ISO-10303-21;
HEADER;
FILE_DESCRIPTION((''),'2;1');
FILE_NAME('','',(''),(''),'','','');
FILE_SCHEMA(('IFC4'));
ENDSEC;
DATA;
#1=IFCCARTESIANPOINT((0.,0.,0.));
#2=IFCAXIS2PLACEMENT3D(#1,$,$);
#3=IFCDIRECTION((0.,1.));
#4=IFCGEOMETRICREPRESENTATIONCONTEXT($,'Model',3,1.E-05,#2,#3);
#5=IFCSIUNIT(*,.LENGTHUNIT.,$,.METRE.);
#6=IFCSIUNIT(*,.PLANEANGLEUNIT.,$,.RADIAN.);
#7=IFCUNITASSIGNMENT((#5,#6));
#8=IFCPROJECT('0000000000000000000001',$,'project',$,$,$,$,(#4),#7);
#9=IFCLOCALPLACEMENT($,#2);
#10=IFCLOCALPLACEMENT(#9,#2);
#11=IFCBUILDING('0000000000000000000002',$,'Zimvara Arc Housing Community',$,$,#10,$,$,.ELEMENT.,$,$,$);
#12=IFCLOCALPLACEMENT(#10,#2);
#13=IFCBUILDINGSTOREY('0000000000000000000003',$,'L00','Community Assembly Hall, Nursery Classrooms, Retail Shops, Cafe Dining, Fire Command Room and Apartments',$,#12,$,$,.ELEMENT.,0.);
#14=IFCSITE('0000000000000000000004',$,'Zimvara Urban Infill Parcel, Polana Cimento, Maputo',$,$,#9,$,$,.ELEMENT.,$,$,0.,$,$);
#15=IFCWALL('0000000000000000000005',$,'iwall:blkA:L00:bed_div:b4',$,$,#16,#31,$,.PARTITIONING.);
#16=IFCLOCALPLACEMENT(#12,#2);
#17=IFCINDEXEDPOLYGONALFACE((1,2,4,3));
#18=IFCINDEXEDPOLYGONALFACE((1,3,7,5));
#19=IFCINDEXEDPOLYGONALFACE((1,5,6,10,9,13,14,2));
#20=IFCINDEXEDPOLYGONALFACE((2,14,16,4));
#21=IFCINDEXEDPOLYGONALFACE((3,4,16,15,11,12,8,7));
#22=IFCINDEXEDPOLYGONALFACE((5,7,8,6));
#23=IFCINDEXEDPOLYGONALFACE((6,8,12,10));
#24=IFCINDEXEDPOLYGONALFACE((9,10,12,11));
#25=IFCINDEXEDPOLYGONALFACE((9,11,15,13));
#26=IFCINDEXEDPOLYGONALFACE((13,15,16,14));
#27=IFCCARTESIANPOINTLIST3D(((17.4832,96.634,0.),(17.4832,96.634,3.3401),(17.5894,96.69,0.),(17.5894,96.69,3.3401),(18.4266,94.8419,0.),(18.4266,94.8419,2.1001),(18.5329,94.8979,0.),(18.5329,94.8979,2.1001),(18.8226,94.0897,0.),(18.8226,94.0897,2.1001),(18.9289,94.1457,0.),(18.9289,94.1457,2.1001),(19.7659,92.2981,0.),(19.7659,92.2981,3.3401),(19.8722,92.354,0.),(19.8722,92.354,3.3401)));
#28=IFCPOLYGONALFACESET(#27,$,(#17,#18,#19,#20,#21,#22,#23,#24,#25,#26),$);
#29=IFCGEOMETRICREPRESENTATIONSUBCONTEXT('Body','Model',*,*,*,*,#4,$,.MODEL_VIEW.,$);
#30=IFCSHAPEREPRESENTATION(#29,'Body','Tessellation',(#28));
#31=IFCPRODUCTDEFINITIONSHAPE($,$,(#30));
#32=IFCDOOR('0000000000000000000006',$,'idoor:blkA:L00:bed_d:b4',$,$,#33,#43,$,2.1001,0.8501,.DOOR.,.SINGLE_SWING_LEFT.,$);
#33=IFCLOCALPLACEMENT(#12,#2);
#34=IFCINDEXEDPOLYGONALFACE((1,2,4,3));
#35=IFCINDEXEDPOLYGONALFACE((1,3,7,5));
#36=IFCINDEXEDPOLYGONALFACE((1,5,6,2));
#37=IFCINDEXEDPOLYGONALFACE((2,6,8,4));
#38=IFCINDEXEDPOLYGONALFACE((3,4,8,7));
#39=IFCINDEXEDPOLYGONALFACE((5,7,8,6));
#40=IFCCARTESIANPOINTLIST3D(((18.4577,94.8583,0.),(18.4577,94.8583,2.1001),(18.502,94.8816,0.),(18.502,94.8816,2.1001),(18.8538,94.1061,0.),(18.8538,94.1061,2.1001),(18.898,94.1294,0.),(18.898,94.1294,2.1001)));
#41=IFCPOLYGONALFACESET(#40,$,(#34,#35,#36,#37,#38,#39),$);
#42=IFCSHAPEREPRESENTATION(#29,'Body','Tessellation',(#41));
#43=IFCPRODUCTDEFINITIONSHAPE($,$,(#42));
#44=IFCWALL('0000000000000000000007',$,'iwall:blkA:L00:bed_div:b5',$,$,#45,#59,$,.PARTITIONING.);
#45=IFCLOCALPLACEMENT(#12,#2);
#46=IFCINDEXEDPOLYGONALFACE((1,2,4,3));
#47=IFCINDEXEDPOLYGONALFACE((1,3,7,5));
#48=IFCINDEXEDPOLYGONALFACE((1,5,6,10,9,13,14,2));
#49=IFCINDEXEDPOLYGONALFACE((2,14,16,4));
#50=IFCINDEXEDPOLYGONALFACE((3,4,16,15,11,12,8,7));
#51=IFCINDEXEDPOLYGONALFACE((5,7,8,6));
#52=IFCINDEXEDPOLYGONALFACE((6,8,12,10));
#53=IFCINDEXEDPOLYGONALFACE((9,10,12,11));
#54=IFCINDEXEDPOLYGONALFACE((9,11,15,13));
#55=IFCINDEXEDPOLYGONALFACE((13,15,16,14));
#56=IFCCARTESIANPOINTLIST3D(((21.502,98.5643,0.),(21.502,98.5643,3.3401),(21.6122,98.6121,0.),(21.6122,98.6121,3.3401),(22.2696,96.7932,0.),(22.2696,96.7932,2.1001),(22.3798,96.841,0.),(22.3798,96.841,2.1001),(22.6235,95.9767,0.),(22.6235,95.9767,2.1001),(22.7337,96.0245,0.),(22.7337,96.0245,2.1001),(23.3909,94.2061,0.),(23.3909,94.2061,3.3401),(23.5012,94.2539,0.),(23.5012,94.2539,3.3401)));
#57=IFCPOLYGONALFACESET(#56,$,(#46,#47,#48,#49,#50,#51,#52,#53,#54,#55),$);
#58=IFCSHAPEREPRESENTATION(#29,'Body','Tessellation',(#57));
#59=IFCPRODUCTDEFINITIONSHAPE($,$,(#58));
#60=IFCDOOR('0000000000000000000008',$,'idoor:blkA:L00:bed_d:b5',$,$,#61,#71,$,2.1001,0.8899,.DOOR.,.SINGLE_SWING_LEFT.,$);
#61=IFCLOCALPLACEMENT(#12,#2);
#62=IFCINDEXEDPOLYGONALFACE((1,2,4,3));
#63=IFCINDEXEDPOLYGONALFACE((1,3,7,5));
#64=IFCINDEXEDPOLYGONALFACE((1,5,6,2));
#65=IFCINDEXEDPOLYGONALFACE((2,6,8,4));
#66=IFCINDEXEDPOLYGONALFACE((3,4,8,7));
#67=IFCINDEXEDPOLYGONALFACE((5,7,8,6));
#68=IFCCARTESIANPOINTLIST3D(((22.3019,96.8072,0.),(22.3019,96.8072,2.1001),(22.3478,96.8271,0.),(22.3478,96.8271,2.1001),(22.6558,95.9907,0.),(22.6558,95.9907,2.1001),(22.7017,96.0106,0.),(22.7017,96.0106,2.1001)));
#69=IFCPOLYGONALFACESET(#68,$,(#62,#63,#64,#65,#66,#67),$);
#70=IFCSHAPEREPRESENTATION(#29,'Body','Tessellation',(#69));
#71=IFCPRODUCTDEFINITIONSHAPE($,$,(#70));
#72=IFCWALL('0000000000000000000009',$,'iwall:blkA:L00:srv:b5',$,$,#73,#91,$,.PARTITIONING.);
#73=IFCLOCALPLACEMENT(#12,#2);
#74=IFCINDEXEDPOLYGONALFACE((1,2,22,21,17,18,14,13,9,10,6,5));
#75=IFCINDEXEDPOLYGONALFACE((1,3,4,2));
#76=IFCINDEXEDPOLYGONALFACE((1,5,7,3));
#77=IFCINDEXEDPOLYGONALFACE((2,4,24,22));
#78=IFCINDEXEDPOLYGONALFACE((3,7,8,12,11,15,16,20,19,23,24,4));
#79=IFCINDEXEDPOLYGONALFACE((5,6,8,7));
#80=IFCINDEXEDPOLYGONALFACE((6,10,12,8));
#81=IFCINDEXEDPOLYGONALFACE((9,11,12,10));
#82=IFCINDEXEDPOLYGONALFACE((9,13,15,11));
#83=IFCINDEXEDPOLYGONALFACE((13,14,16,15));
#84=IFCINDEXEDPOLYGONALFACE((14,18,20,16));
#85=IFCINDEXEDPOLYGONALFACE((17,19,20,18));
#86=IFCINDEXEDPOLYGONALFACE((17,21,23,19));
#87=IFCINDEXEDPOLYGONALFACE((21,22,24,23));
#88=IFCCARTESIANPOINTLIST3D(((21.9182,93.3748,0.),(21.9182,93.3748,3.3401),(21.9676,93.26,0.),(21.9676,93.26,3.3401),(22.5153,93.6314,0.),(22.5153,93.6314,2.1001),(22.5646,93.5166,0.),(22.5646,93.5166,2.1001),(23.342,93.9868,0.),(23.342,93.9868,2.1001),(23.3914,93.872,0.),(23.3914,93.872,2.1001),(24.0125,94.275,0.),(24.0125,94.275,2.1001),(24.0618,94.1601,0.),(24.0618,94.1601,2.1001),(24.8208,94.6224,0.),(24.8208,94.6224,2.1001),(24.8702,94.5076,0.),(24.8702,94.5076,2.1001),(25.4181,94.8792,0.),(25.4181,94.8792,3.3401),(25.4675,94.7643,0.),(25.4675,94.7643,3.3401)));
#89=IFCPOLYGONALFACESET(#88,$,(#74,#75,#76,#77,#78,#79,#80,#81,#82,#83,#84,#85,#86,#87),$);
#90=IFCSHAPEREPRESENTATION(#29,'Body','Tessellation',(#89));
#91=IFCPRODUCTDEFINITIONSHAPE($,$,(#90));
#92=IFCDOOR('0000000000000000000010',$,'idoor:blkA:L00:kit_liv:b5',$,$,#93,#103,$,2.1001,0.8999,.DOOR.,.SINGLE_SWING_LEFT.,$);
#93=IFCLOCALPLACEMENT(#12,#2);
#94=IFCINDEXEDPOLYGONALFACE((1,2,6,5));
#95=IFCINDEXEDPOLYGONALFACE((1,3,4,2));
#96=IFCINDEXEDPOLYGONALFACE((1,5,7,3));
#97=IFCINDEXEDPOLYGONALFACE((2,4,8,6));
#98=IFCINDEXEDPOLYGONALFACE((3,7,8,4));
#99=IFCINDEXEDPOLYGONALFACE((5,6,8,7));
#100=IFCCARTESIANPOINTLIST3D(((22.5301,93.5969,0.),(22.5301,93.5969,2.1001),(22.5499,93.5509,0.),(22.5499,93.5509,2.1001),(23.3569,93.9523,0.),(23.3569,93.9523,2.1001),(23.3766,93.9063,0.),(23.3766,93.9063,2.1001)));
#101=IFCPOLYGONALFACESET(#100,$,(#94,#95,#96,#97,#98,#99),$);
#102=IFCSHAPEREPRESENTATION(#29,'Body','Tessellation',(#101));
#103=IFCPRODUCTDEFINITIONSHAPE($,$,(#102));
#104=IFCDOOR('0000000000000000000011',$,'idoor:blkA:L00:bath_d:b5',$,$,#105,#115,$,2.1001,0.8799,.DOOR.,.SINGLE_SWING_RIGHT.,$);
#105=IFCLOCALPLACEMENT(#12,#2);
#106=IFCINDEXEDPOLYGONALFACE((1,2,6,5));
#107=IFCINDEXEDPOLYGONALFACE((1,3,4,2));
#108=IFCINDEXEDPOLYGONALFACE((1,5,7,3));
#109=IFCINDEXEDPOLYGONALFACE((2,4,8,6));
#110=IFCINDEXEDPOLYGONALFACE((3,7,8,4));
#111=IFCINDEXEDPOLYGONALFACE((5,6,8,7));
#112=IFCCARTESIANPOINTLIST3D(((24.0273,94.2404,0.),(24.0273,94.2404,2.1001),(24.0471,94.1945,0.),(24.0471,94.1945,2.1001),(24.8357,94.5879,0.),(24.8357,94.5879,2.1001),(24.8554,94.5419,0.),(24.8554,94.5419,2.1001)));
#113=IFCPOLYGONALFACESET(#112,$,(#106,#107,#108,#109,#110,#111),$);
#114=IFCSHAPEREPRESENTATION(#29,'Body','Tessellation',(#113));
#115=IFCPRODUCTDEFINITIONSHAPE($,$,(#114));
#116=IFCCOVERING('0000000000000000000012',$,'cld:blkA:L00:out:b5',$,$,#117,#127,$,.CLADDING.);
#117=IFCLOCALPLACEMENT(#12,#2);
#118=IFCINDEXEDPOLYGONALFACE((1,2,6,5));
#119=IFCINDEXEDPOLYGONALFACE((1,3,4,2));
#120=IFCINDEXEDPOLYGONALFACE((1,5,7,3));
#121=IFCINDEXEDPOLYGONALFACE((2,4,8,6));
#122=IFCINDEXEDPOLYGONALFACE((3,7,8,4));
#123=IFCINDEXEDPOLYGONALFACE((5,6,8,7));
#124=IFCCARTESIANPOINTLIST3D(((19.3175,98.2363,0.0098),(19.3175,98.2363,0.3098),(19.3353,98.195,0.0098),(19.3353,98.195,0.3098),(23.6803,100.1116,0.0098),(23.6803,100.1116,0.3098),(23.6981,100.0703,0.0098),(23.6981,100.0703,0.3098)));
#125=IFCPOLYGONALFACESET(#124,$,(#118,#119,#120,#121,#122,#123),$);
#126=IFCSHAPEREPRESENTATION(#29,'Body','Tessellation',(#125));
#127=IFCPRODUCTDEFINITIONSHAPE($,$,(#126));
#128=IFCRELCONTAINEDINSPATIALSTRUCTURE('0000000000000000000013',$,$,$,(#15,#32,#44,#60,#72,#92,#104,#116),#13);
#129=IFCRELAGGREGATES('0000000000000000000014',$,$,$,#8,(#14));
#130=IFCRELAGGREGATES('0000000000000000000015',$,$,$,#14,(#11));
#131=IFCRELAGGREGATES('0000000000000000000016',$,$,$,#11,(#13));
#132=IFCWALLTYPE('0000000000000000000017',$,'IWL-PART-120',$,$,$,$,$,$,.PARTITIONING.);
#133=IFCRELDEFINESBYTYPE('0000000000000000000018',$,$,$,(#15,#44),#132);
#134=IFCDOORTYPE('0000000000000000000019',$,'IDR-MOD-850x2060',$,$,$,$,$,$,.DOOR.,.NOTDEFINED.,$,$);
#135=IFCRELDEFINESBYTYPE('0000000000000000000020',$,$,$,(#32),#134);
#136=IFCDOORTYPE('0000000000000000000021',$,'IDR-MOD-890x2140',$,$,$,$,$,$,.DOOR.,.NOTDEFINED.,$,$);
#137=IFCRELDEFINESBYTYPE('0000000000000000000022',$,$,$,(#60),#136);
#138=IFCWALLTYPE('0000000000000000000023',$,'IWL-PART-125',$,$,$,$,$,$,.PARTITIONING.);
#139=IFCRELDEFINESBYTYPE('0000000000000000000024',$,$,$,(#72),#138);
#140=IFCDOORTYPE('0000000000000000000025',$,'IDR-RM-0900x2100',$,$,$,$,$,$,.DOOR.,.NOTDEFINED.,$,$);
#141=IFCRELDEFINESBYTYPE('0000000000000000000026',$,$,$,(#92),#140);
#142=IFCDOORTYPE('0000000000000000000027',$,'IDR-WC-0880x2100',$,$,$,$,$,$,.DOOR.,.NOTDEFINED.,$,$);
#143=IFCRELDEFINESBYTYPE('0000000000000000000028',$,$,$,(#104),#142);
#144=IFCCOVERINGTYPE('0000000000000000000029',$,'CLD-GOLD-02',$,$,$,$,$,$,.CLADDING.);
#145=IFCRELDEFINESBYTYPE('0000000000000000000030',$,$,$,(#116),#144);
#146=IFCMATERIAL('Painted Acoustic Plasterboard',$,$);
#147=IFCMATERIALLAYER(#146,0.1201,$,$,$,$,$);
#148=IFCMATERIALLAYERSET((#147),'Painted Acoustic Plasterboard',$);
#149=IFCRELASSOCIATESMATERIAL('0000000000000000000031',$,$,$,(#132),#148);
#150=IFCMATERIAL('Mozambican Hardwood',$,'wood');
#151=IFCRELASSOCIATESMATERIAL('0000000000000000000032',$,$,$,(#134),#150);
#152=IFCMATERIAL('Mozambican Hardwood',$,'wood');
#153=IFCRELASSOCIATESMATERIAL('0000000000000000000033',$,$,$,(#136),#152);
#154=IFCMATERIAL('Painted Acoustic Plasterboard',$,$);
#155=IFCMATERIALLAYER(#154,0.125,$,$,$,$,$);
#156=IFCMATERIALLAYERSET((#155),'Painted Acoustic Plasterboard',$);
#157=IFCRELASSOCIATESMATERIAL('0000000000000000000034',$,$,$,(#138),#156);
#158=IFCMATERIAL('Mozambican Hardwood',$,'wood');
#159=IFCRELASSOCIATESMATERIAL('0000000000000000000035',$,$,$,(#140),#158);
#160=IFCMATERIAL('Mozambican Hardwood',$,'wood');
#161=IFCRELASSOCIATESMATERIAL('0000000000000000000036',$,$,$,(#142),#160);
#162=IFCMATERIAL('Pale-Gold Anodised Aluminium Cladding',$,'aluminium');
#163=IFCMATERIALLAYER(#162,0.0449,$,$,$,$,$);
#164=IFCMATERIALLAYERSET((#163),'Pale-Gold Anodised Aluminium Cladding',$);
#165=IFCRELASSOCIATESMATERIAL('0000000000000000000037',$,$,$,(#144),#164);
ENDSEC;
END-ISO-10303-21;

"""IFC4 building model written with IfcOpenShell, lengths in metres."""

from ifc_helpers import new_model, si_unit, direction, frame, frame_2d, origin, origin_2d, place, context, subcontext, project, spatial, rectangle, extrude, material, layer, layer_set, type_object, element, fill, save


model = new_model("IFC4")

# Units and contexts
model_context = context("Model", 3, precision=1e-05, world=origin(), true_north=direction((0.0, 1.0)))
body_context = subcontext(model_context, "Body", "Model", "MODEL_VIEW")
ifc_project = project(units=[si_unit("LENGTHUNIT", "METRE"), si_unit("PLANEANGLEUNIT", "RADIAN")], contexts=[model_context])

# Site, building, storey
site_placement = place(None, origin())
site = spatial("IfcSite", under=ifc_project, at=site_placement, Name="Zimvara Urban Infill Parcel, Polana Cimento, Maputo", CompositionType="ELEMENT", RefElevation=0.0)
building_placement = place(site_placement, origin())
building = spatial("IfcBuilding", under=site, at=building_placement, Name="Zimvara Arc Housing Community", CompositionType="ELEMENT")
storey_placement = place(building_placement, origin())
storey = spatial("IfcBuildingStorey", under=building, at=storey_placement, Name="L00", Description="Community Assembly Hall, Nursery Classrooms, Retail Shops, Cafe Dining, Fire Command Room and Apartments", CompositionType="ELEMENT", Elevation=0.0)

# Walls, openings, doors
ifc_material_1 = material(Name="Painted Acoustic Plasterboard")
ifc_layer_1 = layer(ifc_material_1, 0.1201)
ifc_layer_set_1 = layer_set([ifc_layer_1], Name="Painted Acoustic Plasterboard")
wall_type_1 = type_object("IfcWallType", Name="IWL-PART-120", PredefinedType="PARTITIONING", material=ifc_layer_set_1)
wall_1_placement = place(storey_placement, frame((19.8191, 92.3259, 0.0), z_axis=(0.0, 0.0, 1.0), x_axis=(-0.465849, 0.884864, 0.0)))
wall_1 = element("IfcWall", 1, at=wall_1_placement, inside=storey, type_object=wall_type_1, Name="iwall:blkA:L00:bed_div:b4", PredefinedType="PARTITIONING", context=body_context, shape_type="SweptSolid", body=[
    extrude(rectangle(XDim=4.9001, YDim=0.1201, at=frame_2d((2.4502, 0.0))), origin(), (0.0, 0.0, 1.0), 3.3401),
])
opening_1_placement = place(wall_1_placement, frame((2.0249, 0.0, 0.0)))
opening_1 = element("IfcOpeningElement", 2, at=opening_1_placement, cuts=wall_1, PredefinedType="OPENING", context=body_context, shape_type="SweptSolid", body=[
    extrude(rectangle(XDim=0.8501, YDim=2.1001, at=frame_2d((0.425, 1.05))), frame((0.0, 0.0701, 0.0), z_axis=(0.0, -1.0, 0.0), x_axis=(1.0, 0.0, 0.0)), (0.0, 0.0, 1.0), 0.1401),
])
ifc_material_2 = material(Name="Mozambican Hardwood", Category="wood")
door_type_1 = type_object("IfcDoorType", Name="IDR-MOD-850x2060", OperationType="NOTDEFINED", PredefinedType="DOOR", material=ifc_material_2)
door_1_placement = place(opening_1_placement, origin())
door_1 = element("IfcDoor", 3, at=door_1_placement, inside=storey, type_object=door_type_1, Name="idoor:blkA:L00:bed_d:b4", OperationType="SINGLE_SWING_LEFT", OverallHeight=2.1001, OverallWidth=0.8501, PredefinedType="DOOR", context=body_context, shape_type="SweptSolid", body=[
    extrude(rectangle(XDim=0.8501, YDim=2.1001, at=frame_2d((0.425, 1.05))), frame((0.0, 0.0249, 0.0), z_axis=(0.0, -1.0, 0.0), x_axis=(1.0, 0.0, 0.0)), (0.0, 0.0, 1.0), 0.05),
])
fill(opening_1, door_1)
wall_2_placement = place(storey_placement, frame((23.446, 94.23, 0.0), z_axis=(0.0, 0.0, 1.0), x_axis=(-0.397675, 0.917526, 0.0)))
wall_2 = element("IfcWall", 4, at=wall_2_placement, inside=storey, type_object=wall_type_1, Name="iwall:blkA:L00:bed_div:b5", PredefinedType="PARTITIONING", context=body_context, shape_type="SweptSolid", body=[
    extrude(rectangle(XDim=4.75, YDim=0.1201, at=frame_2d((2.375, 0.0))), origin(), (0.0, 0.0, 1.0), 3.3401),
])
opening_2_placement = place(wall_2_placement, frame((1.9299, 0.0, 0.0)))
opening_2 = element("IfcOpeningElement", 5, at=opening_2_placement, cuts=wall_2, PredefinedType="OPENING", context=body_context, shape_type="SweptSolid", body=[
    extrude(rectangle(XDim=0.8899, YDim=2.1001, at=frame_2d((0.4448, 1.05))), frame((0.0, 0.0701, 0.0), z_axis=(0.0, -1.0, 0.0), x_axis=(1.0, 0.0, 0.0)), (0.0, 0.0, 1.0), 0.1401),
])
ifc_material_3 = material(Name="Mozambican Hardwood", Category="wood")
door_type_2 = type_object("IfcDoorType", Name="IDR-MOD-890x2140", OperationType="NOTDEFINED", PredefinedType="DOOR", material=ifc_material_3)
door_2_placement = place(opening_2_placement, origin())
door_2 = element("IfcDoor", 6, at=door_2_placement, inside=storey, type_object=door_type_2, Name="idoor:blkA:L00:bed_d:b5", OperationType="SINGLE_SWING_LEFT", OverallHeight=2.1001, OverallWidth=0.8899, PredefinedType="DOOR", context=body_context, shape_type="SweptSolid", body=[
    extrude(rectangle(XDim=0.8899, YDim=2.1001, at=frame_2d((0.4448, 1.05))), frame((0.0, 0.0249, 0.0), z_axis=(0.0, -1.0, 0.0), x_axis=(1.0, 0.0, 0.0)), (0.0, 0.0, 1.0), 0.05),
])
fill(opening_2, door_2)

# Wall, openings, doors
ifc_material_4 = material(Name="Painted Acoustic Plasterboard")
ifc_layer_2 = layer(ifc_material_4, 0.125)
ifc_layer_set_2 = layer_set([ifc_layer_2], Name="Painted Acoustic Plasterboard")
wall_type_2 = type_object("IfcWallType", Name="IWL-PART-125", PredefinedType="PARTITIONING", material=ifc_layer_set_2)
wall_3_placement = place(storey_placement, frame((21.9429, 93.3174, 0.0), z_axis=(0.0, 0.0, 1.0), x_axis=(0.918727, 0.394894, 0.0)))
wall_3 = element("IfcWall", 7, at=wall_3_placement, inside=storey, type_object=wall_type_2, Name="iwall:blkA:L00:srv:b5", PredefinedType="PARTITIONING", context=body_context, shape_type="SweptSolid", body=[
    extrude(rectangle(XDim=3.8096, YDim=0.125, at=frame_2d((1.9048, 0.0))), origin(), (0.0, 0.0, 1.0), 3.3401),
])
opening_3_placement = place(wall_3_placement, frame((0.6499, 0.0, 0.0)))
opening_3 = element("IfcOpeningElement", 8, at=opening_3_placement, cuts=wall_3, PredefinedType="OPENING", context=body_context, shape_type="SweptSolid", body=[
    extrude(rectangle(XDim=0.8999, YDim=2.1001, at=frame_2d((0.45, 1.05))), frame((0.0, 0.0725, 0.0), z_axis=(0.0, -1.0, 0.0), x_axis=(1.0, 0.0, 0.0)), (0.0, 0.0, 1.0), 0.145),
])
opening_4_placement = place(wall_3_placement, frame((2.2795, 0.0, 0.0)))
opening_4 = element("IfcOpeningElement", 9, at=opening_4_placement, cuts=wall_3, PredefinedType="OPENING", context=body_context, shape_type="SweptSolid", body=[
    extrude(rectangle(XDim=0.8799, YDim=2.1001, at=frame_2d((0.4399, 1.05))), frame((0.0, 0.0725, 0.0), z_axis=(0.0, -1.0, 0.0), x_axis=(1.0, 0.0, 0.0)), (0.0, 0.0, 1.0), 0.145),
])
ifc_material_5 = material(Name="Mozambican Hardwood", Category="wood")
door_type_3 = type_object("IfcDoorType", Name="IDR-RM-0900x2100", OperationType="NOTDEFINED", PredefinedType="DOOR", material=ifc_material_5)
door_3_placement = place(opening_3_placement, origin())
door_3 = element("IfcDoor", 10, at=door_3_placement, inside=storey, type_object=door_type_3, Name="idoor:blkA:L00:kit_liv:b5", OperationType="SINGLE_SWING_LEFT", OverallHeight=2.1001, OverallWidth=0.8999, PredefinedType="DOOR", context=body_context, shape_type="SweptSolid", body=[
    extrude(rectangle(XDim=0.8999, YDim=2.1001, at=frame_2d((0.45, 1.05))), frame((0.0, 0.0249, 0.0), z_axis=(0.0, -1.0, 0.0), x_axis=(1.0, 0.0, 0.0)), (0.0, 0.0, 1.0), 0.05),
])
fill(opening_3, door_3)
ifc_material_6 = material(Name="Mozambican Hardwood", Category="wood")
door_type_4 = type_object("IfcDoorType", Name="IDR-WC-0880x2100", OperationType="NOTDEFINED", PredefinedType="DOOR", material=ifc_material_6)
door_4_placement = place(opening_4_placement, origin())
door_4 = element("IfcDoor", 11, at=door_4_placement, inside=storey, type_object=door_type_4, Name="idoor:blkA:L00:bath_d:b5", OperationType="SINGLE_SWING_RIGHT", OverallHeight=2.1001, OverallWidth=0.8799, PredefinedType="DOOR", context=body_context, shape_type="SweptSolid", body=[
    extrude(rectangle(XDim=0.8799, YDim=2.1001, at=frame_2d((0.4399, 1.05))), frame((0.0, 0.0249, 0.0), z_axis=(0.0, -1.0, 0.0), x_axis=(1.0, 0.0, 0.0)), (0.0, 0.0, 1.0), 0.05),
])
fill(opening_4, door_4)

# Covering
ifc_material_7 = material(Name="Pale-Gold Anodised Aluminium Cladding", Category="aluminium")
ifc_layer_3 = layer(ifc_material_7, 0.0449)
ifc_layer_set_3 = layer_set([ifc_layer_3], Name="Pale-Gold Anodised Aluminium Cladding")
covering_type = type_object("IfcCoveringType", Name="CLD-GOLD-02", PredefinedType="CLADDING", material=ifc_layer_set_3)
covering_placement = place(storey_placement, frame((21.5078, 99.1533, 0.0098), z_axis=(0.0, 0.0, 1.0), x_axis=(0.918722, 0.394906, 0.0)))
element("IfcCovering", 12, at=covering_placement, inside=storey, type_object=covering_type, Name="cld:blkA:L00:out:b5", PredefinedType="CLADDING", context=body_context, shape_type="SweptSolid", body=[
    extrude(rectangle(XDim=4.7488, YDim=0.0449, at=origin_2d()), origin(), (0.0, 0.0, 1.0), 0.3),
])

save(model, "model.ifc")
